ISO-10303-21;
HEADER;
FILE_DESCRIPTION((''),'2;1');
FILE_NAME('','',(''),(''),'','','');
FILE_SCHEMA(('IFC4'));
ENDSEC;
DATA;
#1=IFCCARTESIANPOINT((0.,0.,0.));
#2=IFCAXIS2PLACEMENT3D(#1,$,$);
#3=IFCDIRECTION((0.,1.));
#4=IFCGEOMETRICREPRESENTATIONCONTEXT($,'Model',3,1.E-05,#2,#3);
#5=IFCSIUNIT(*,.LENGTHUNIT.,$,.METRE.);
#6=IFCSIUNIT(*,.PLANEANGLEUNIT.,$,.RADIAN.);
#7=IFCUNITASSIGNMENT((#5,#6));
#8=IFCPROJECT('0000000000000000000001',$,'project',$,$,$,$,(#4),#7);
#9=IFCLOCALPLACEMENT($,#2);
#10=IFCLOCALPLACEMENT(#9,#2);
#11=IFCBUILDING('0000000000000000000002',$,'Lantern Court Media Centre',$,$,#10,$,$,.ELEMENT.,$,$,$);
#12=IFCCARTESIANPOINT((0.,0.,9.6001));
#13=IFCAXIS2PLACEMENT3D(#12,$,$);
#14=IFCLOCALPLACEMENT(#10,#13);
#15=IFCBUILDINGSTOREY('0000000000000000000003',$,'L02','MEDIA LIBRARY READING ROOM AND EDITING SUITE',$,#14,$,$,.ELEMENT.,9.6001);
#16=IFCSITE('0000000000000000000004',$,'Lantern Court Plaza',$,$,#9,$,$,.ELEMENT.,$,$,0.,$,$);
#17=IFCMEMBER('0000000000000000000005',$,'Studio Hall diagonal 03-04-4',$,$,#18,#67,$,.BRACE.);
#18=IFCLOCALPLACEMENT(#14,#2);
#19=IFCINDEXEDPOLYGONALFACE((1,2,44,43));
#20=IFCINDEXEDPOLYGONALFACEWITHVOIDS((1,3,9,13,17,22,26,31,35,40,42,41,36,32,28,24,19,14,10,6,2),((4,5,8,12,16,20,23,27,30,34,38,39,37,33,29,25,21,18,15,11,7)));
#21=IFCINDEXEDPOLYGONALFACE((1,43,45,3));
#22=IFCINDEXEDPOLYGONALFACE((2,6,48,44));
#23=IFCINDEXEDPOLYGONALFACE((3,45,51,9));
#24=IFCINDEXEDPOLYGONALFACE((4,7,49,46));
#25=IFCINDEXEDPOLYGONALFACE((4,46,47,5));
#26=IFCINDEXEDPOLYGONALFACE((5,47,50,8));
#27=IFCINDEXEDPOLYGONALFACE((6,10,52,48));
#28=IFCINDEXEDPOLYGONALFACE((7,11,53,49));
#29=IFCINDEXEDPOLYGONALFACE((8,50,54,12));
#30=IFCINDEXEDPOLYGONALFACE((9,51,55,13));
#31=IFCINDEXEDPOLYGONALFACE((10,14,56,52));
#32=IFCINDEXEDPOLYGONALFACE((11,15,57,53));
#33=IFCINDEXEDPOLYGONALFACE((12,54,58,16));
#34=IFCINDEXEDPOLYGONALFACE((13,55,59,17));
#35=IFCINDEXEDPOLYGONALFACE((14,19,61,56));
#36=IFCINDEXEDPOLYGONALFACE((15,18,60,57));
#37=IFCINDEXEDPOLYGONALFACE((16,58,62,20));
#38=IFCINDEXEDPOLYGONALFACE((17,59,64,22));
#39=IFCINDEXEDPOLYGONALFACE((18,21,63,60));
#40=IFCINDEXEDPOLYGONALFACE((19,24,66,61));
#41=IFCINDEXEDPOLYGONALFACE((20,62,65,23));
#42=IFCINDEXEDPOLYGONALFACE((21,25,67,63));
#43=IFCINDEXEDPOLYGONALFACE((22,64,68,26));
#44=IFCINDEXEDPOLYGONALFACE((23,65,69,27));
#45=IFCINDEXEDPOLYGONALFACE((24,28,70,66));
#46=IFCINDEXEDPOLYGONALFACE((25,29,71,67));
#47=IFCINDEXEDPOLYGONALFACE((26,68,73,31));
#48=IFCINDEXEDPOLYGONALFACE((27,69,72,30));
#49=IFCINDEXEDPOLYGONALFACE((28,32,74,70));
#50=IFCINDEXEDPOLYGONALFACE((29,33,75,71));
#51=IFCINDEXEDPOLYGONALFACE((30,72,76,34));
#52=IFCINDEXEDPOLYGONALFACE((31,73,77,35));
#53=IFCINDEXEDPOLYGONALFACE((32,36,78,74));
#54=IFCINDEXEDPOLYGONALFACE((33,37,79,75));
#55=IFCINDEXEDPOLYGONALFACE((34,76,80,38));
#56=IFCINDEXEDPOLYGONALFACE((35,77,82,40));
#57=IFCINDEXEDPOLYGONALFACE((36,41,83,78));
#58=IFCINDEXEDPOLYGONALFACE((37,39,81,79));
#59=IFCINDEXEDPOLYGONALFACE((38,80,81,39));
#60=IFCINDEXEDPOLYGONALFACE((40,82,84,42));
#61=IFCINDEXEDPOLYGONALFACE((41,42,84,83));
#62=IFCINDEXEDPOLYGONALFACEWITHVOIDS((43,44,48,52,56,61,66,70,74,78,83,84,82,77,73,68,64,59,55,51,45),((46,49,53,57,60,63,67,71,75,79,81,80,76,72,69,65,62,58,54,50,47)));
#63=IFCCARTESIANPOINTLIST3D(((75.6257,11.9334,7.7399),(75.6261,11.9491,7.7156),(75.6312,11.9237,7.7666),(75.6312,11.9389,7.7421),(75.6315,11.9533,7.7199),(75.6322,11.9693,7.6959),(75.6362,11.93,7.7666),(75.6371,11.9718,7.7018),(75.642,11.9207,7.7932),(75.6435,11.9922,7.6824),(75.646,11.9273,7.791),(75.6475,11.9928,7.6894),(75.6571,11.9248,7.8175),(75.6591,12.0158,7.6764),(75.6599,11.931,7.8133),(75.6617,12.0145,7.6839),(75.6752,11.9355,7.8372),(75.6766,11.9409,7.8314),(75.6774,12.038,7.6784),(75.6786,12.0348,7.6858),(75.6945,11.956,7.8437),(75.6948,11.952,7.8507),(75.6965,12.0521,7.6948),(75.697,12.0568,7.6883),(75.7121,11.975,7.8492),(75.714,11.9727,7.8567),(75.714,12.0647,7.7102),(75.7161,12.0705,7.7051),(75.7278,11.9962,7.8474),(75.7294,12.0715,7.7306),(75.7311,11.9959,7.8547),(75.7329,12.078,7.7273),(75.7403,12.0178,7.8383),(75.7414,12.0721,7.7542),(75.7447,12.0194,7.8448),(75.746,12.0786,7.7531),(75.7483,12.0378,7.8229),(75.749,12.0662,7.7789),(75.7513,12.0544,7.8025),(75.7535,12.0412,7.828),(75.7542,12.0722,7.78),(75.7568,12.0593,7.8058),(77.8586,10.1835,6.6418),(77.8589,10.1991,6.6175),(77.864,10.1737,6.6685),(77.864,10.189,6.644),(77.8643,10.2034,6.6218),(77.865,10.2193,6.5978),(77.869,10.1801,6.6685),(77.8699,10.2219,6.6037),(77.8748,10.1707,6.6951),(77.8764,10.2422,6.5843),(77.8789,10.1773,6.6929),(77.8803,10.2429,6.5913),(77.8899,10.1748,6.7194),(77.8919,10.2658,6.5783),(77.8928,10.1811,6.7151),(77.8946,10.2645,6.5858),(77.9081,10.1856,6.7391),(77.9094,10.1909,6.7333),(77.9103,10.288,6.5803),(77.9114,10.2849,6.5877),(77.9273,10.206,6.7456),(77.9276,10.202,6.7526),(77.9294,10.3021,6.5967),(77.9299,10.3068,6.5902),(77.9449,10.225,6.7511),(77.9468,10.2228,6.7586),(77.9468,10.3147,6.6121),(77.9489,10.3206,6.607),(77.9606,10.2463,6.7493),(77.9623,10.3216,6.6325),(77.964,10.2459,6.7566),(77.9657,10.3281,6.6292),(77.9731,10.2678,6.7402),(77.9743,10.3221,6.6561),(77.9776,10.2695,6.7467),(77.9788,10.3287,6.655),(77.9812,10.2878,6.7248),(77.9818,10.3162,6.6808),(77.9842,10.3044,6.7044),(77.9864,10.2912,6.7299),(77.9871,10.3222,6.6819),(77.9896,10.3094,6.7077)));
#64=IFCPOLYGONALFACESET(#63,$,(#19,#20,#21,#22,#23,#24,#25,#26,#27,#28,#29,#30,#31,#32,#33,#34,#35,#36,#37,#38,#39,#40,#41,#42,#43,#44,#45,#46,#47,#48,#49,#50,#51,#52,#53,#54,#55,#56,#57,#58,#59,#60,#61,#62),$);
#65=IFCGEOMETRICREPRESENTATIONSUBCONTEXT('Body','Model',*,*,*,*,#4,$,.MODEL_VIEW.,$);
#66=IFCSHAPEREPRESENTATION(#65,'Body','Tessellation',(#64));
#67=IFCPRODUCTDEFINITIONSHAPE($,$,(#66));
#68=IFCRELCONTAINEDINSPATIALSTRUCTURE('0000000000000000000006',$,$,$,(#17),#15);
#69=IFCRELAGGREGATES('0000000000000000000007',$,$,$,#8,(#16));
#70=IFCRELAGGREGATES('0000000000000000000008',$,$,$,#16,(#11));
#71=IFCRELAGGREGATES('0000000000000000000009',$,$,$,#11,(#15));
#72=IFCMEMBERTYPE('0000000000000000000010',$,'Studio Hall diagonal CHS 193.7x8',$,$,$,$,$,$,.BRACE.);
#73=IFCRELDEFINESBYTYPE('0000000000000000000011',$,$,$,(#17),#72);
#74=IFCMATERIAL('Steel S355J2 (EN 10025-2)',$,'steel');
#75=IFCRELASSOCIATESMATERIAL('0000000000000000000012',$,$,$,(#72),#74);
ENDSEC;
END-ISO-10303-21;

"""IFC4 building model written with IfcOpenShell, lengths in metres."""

from ifc_helpers import new_model, si_unit, direction, frame, origin, origin_2d, place, context, subcontext, project, spatial, hollow_circle, extrude, material, material_profile, profile_set, type_object, element, save


model = new_model("IFC4")

# Units and contexts
model_context = context("Model", 3, precision=1e-05, world=origin(), true_north=direction((0.0, 1.0)))
body_context = subcontext(model_context, "Body", "Model", "MODEL_VIEW")
ifc_project = project(units=[si_unit("LENGTHUNIT", "METRE"), si_unit("PLANEANGLEUNIT", "RADIAN")], contexts=[model_context])

# Site, building, storey
site_placement = place(None, origin())
site = spatial("IfcSite", under=ifc_project, at=site_placement, Name="Lantern Court Plaza", CompositionType="ELEMENT", RefElevation=0.0)
building_placement = place(site_placement, origin())
building = spatial("IfcBuilding", under=site, at=building_placement, Name="Lantern Court Media Centre", CompositionType="ELEMENT")
storey_placement = place(building_placement, frame((0.0, 0.0, 9.6001)))
storey = spatial("IfcBuildingStorey", under=building, at=storey_placement, Name="L02", Description="MEDIA LIBRARY READING ROOM AND EDITING SUITE", CompositionType="ELEMENT", Elevation=9.6001)

# Member
ifc_material = material(Name="Steel S355J2 (EN 10025-2)", Category="steel")
ifc_material_profile_1 = material_profile(ifc_material, hollow_circle(Radius=0.0969, WallThickness=0.0081, at=origin_2d()), Name="Studio Hall diagonal CHS 193.7x8")
ifc_profile_set_1 = profile_set([ifc_material_profile_1], Name="Steel S355J2 (EN 10025-2)")
member_type_1 = type_object("IfcMemberType", Name="Studio Hall diagonal CHS 193.7x8", PredefinedType="BRACE", material=ifc_profile_set_1)
for number, where, z_axis, x_axis, name in (
    (1, (77.9238, 10.25, 6.6685), (-0.734005, 0.575262, 0.360984), (-0.616856, -0.787076, 0.0), "Studio Hall diagonal 03-04-4"),
):
    element("IfcMember", number, at=place(storey_placement, frame(where, z_axis=z_axis, x_axis=x_axis)), inside=storey, type_object=member_type_1, Name=name, PredefinedType="BRACE", context=body_context, shape_type="SweptSolid", body=[
        extrude(hollow_circle(Radius=0.0969, WallThickness=0.0081, at=origin_2d()), origin(), (0.0, 0.0, 1.0), 3.042),
    ])

save(model, "model.ifc")
